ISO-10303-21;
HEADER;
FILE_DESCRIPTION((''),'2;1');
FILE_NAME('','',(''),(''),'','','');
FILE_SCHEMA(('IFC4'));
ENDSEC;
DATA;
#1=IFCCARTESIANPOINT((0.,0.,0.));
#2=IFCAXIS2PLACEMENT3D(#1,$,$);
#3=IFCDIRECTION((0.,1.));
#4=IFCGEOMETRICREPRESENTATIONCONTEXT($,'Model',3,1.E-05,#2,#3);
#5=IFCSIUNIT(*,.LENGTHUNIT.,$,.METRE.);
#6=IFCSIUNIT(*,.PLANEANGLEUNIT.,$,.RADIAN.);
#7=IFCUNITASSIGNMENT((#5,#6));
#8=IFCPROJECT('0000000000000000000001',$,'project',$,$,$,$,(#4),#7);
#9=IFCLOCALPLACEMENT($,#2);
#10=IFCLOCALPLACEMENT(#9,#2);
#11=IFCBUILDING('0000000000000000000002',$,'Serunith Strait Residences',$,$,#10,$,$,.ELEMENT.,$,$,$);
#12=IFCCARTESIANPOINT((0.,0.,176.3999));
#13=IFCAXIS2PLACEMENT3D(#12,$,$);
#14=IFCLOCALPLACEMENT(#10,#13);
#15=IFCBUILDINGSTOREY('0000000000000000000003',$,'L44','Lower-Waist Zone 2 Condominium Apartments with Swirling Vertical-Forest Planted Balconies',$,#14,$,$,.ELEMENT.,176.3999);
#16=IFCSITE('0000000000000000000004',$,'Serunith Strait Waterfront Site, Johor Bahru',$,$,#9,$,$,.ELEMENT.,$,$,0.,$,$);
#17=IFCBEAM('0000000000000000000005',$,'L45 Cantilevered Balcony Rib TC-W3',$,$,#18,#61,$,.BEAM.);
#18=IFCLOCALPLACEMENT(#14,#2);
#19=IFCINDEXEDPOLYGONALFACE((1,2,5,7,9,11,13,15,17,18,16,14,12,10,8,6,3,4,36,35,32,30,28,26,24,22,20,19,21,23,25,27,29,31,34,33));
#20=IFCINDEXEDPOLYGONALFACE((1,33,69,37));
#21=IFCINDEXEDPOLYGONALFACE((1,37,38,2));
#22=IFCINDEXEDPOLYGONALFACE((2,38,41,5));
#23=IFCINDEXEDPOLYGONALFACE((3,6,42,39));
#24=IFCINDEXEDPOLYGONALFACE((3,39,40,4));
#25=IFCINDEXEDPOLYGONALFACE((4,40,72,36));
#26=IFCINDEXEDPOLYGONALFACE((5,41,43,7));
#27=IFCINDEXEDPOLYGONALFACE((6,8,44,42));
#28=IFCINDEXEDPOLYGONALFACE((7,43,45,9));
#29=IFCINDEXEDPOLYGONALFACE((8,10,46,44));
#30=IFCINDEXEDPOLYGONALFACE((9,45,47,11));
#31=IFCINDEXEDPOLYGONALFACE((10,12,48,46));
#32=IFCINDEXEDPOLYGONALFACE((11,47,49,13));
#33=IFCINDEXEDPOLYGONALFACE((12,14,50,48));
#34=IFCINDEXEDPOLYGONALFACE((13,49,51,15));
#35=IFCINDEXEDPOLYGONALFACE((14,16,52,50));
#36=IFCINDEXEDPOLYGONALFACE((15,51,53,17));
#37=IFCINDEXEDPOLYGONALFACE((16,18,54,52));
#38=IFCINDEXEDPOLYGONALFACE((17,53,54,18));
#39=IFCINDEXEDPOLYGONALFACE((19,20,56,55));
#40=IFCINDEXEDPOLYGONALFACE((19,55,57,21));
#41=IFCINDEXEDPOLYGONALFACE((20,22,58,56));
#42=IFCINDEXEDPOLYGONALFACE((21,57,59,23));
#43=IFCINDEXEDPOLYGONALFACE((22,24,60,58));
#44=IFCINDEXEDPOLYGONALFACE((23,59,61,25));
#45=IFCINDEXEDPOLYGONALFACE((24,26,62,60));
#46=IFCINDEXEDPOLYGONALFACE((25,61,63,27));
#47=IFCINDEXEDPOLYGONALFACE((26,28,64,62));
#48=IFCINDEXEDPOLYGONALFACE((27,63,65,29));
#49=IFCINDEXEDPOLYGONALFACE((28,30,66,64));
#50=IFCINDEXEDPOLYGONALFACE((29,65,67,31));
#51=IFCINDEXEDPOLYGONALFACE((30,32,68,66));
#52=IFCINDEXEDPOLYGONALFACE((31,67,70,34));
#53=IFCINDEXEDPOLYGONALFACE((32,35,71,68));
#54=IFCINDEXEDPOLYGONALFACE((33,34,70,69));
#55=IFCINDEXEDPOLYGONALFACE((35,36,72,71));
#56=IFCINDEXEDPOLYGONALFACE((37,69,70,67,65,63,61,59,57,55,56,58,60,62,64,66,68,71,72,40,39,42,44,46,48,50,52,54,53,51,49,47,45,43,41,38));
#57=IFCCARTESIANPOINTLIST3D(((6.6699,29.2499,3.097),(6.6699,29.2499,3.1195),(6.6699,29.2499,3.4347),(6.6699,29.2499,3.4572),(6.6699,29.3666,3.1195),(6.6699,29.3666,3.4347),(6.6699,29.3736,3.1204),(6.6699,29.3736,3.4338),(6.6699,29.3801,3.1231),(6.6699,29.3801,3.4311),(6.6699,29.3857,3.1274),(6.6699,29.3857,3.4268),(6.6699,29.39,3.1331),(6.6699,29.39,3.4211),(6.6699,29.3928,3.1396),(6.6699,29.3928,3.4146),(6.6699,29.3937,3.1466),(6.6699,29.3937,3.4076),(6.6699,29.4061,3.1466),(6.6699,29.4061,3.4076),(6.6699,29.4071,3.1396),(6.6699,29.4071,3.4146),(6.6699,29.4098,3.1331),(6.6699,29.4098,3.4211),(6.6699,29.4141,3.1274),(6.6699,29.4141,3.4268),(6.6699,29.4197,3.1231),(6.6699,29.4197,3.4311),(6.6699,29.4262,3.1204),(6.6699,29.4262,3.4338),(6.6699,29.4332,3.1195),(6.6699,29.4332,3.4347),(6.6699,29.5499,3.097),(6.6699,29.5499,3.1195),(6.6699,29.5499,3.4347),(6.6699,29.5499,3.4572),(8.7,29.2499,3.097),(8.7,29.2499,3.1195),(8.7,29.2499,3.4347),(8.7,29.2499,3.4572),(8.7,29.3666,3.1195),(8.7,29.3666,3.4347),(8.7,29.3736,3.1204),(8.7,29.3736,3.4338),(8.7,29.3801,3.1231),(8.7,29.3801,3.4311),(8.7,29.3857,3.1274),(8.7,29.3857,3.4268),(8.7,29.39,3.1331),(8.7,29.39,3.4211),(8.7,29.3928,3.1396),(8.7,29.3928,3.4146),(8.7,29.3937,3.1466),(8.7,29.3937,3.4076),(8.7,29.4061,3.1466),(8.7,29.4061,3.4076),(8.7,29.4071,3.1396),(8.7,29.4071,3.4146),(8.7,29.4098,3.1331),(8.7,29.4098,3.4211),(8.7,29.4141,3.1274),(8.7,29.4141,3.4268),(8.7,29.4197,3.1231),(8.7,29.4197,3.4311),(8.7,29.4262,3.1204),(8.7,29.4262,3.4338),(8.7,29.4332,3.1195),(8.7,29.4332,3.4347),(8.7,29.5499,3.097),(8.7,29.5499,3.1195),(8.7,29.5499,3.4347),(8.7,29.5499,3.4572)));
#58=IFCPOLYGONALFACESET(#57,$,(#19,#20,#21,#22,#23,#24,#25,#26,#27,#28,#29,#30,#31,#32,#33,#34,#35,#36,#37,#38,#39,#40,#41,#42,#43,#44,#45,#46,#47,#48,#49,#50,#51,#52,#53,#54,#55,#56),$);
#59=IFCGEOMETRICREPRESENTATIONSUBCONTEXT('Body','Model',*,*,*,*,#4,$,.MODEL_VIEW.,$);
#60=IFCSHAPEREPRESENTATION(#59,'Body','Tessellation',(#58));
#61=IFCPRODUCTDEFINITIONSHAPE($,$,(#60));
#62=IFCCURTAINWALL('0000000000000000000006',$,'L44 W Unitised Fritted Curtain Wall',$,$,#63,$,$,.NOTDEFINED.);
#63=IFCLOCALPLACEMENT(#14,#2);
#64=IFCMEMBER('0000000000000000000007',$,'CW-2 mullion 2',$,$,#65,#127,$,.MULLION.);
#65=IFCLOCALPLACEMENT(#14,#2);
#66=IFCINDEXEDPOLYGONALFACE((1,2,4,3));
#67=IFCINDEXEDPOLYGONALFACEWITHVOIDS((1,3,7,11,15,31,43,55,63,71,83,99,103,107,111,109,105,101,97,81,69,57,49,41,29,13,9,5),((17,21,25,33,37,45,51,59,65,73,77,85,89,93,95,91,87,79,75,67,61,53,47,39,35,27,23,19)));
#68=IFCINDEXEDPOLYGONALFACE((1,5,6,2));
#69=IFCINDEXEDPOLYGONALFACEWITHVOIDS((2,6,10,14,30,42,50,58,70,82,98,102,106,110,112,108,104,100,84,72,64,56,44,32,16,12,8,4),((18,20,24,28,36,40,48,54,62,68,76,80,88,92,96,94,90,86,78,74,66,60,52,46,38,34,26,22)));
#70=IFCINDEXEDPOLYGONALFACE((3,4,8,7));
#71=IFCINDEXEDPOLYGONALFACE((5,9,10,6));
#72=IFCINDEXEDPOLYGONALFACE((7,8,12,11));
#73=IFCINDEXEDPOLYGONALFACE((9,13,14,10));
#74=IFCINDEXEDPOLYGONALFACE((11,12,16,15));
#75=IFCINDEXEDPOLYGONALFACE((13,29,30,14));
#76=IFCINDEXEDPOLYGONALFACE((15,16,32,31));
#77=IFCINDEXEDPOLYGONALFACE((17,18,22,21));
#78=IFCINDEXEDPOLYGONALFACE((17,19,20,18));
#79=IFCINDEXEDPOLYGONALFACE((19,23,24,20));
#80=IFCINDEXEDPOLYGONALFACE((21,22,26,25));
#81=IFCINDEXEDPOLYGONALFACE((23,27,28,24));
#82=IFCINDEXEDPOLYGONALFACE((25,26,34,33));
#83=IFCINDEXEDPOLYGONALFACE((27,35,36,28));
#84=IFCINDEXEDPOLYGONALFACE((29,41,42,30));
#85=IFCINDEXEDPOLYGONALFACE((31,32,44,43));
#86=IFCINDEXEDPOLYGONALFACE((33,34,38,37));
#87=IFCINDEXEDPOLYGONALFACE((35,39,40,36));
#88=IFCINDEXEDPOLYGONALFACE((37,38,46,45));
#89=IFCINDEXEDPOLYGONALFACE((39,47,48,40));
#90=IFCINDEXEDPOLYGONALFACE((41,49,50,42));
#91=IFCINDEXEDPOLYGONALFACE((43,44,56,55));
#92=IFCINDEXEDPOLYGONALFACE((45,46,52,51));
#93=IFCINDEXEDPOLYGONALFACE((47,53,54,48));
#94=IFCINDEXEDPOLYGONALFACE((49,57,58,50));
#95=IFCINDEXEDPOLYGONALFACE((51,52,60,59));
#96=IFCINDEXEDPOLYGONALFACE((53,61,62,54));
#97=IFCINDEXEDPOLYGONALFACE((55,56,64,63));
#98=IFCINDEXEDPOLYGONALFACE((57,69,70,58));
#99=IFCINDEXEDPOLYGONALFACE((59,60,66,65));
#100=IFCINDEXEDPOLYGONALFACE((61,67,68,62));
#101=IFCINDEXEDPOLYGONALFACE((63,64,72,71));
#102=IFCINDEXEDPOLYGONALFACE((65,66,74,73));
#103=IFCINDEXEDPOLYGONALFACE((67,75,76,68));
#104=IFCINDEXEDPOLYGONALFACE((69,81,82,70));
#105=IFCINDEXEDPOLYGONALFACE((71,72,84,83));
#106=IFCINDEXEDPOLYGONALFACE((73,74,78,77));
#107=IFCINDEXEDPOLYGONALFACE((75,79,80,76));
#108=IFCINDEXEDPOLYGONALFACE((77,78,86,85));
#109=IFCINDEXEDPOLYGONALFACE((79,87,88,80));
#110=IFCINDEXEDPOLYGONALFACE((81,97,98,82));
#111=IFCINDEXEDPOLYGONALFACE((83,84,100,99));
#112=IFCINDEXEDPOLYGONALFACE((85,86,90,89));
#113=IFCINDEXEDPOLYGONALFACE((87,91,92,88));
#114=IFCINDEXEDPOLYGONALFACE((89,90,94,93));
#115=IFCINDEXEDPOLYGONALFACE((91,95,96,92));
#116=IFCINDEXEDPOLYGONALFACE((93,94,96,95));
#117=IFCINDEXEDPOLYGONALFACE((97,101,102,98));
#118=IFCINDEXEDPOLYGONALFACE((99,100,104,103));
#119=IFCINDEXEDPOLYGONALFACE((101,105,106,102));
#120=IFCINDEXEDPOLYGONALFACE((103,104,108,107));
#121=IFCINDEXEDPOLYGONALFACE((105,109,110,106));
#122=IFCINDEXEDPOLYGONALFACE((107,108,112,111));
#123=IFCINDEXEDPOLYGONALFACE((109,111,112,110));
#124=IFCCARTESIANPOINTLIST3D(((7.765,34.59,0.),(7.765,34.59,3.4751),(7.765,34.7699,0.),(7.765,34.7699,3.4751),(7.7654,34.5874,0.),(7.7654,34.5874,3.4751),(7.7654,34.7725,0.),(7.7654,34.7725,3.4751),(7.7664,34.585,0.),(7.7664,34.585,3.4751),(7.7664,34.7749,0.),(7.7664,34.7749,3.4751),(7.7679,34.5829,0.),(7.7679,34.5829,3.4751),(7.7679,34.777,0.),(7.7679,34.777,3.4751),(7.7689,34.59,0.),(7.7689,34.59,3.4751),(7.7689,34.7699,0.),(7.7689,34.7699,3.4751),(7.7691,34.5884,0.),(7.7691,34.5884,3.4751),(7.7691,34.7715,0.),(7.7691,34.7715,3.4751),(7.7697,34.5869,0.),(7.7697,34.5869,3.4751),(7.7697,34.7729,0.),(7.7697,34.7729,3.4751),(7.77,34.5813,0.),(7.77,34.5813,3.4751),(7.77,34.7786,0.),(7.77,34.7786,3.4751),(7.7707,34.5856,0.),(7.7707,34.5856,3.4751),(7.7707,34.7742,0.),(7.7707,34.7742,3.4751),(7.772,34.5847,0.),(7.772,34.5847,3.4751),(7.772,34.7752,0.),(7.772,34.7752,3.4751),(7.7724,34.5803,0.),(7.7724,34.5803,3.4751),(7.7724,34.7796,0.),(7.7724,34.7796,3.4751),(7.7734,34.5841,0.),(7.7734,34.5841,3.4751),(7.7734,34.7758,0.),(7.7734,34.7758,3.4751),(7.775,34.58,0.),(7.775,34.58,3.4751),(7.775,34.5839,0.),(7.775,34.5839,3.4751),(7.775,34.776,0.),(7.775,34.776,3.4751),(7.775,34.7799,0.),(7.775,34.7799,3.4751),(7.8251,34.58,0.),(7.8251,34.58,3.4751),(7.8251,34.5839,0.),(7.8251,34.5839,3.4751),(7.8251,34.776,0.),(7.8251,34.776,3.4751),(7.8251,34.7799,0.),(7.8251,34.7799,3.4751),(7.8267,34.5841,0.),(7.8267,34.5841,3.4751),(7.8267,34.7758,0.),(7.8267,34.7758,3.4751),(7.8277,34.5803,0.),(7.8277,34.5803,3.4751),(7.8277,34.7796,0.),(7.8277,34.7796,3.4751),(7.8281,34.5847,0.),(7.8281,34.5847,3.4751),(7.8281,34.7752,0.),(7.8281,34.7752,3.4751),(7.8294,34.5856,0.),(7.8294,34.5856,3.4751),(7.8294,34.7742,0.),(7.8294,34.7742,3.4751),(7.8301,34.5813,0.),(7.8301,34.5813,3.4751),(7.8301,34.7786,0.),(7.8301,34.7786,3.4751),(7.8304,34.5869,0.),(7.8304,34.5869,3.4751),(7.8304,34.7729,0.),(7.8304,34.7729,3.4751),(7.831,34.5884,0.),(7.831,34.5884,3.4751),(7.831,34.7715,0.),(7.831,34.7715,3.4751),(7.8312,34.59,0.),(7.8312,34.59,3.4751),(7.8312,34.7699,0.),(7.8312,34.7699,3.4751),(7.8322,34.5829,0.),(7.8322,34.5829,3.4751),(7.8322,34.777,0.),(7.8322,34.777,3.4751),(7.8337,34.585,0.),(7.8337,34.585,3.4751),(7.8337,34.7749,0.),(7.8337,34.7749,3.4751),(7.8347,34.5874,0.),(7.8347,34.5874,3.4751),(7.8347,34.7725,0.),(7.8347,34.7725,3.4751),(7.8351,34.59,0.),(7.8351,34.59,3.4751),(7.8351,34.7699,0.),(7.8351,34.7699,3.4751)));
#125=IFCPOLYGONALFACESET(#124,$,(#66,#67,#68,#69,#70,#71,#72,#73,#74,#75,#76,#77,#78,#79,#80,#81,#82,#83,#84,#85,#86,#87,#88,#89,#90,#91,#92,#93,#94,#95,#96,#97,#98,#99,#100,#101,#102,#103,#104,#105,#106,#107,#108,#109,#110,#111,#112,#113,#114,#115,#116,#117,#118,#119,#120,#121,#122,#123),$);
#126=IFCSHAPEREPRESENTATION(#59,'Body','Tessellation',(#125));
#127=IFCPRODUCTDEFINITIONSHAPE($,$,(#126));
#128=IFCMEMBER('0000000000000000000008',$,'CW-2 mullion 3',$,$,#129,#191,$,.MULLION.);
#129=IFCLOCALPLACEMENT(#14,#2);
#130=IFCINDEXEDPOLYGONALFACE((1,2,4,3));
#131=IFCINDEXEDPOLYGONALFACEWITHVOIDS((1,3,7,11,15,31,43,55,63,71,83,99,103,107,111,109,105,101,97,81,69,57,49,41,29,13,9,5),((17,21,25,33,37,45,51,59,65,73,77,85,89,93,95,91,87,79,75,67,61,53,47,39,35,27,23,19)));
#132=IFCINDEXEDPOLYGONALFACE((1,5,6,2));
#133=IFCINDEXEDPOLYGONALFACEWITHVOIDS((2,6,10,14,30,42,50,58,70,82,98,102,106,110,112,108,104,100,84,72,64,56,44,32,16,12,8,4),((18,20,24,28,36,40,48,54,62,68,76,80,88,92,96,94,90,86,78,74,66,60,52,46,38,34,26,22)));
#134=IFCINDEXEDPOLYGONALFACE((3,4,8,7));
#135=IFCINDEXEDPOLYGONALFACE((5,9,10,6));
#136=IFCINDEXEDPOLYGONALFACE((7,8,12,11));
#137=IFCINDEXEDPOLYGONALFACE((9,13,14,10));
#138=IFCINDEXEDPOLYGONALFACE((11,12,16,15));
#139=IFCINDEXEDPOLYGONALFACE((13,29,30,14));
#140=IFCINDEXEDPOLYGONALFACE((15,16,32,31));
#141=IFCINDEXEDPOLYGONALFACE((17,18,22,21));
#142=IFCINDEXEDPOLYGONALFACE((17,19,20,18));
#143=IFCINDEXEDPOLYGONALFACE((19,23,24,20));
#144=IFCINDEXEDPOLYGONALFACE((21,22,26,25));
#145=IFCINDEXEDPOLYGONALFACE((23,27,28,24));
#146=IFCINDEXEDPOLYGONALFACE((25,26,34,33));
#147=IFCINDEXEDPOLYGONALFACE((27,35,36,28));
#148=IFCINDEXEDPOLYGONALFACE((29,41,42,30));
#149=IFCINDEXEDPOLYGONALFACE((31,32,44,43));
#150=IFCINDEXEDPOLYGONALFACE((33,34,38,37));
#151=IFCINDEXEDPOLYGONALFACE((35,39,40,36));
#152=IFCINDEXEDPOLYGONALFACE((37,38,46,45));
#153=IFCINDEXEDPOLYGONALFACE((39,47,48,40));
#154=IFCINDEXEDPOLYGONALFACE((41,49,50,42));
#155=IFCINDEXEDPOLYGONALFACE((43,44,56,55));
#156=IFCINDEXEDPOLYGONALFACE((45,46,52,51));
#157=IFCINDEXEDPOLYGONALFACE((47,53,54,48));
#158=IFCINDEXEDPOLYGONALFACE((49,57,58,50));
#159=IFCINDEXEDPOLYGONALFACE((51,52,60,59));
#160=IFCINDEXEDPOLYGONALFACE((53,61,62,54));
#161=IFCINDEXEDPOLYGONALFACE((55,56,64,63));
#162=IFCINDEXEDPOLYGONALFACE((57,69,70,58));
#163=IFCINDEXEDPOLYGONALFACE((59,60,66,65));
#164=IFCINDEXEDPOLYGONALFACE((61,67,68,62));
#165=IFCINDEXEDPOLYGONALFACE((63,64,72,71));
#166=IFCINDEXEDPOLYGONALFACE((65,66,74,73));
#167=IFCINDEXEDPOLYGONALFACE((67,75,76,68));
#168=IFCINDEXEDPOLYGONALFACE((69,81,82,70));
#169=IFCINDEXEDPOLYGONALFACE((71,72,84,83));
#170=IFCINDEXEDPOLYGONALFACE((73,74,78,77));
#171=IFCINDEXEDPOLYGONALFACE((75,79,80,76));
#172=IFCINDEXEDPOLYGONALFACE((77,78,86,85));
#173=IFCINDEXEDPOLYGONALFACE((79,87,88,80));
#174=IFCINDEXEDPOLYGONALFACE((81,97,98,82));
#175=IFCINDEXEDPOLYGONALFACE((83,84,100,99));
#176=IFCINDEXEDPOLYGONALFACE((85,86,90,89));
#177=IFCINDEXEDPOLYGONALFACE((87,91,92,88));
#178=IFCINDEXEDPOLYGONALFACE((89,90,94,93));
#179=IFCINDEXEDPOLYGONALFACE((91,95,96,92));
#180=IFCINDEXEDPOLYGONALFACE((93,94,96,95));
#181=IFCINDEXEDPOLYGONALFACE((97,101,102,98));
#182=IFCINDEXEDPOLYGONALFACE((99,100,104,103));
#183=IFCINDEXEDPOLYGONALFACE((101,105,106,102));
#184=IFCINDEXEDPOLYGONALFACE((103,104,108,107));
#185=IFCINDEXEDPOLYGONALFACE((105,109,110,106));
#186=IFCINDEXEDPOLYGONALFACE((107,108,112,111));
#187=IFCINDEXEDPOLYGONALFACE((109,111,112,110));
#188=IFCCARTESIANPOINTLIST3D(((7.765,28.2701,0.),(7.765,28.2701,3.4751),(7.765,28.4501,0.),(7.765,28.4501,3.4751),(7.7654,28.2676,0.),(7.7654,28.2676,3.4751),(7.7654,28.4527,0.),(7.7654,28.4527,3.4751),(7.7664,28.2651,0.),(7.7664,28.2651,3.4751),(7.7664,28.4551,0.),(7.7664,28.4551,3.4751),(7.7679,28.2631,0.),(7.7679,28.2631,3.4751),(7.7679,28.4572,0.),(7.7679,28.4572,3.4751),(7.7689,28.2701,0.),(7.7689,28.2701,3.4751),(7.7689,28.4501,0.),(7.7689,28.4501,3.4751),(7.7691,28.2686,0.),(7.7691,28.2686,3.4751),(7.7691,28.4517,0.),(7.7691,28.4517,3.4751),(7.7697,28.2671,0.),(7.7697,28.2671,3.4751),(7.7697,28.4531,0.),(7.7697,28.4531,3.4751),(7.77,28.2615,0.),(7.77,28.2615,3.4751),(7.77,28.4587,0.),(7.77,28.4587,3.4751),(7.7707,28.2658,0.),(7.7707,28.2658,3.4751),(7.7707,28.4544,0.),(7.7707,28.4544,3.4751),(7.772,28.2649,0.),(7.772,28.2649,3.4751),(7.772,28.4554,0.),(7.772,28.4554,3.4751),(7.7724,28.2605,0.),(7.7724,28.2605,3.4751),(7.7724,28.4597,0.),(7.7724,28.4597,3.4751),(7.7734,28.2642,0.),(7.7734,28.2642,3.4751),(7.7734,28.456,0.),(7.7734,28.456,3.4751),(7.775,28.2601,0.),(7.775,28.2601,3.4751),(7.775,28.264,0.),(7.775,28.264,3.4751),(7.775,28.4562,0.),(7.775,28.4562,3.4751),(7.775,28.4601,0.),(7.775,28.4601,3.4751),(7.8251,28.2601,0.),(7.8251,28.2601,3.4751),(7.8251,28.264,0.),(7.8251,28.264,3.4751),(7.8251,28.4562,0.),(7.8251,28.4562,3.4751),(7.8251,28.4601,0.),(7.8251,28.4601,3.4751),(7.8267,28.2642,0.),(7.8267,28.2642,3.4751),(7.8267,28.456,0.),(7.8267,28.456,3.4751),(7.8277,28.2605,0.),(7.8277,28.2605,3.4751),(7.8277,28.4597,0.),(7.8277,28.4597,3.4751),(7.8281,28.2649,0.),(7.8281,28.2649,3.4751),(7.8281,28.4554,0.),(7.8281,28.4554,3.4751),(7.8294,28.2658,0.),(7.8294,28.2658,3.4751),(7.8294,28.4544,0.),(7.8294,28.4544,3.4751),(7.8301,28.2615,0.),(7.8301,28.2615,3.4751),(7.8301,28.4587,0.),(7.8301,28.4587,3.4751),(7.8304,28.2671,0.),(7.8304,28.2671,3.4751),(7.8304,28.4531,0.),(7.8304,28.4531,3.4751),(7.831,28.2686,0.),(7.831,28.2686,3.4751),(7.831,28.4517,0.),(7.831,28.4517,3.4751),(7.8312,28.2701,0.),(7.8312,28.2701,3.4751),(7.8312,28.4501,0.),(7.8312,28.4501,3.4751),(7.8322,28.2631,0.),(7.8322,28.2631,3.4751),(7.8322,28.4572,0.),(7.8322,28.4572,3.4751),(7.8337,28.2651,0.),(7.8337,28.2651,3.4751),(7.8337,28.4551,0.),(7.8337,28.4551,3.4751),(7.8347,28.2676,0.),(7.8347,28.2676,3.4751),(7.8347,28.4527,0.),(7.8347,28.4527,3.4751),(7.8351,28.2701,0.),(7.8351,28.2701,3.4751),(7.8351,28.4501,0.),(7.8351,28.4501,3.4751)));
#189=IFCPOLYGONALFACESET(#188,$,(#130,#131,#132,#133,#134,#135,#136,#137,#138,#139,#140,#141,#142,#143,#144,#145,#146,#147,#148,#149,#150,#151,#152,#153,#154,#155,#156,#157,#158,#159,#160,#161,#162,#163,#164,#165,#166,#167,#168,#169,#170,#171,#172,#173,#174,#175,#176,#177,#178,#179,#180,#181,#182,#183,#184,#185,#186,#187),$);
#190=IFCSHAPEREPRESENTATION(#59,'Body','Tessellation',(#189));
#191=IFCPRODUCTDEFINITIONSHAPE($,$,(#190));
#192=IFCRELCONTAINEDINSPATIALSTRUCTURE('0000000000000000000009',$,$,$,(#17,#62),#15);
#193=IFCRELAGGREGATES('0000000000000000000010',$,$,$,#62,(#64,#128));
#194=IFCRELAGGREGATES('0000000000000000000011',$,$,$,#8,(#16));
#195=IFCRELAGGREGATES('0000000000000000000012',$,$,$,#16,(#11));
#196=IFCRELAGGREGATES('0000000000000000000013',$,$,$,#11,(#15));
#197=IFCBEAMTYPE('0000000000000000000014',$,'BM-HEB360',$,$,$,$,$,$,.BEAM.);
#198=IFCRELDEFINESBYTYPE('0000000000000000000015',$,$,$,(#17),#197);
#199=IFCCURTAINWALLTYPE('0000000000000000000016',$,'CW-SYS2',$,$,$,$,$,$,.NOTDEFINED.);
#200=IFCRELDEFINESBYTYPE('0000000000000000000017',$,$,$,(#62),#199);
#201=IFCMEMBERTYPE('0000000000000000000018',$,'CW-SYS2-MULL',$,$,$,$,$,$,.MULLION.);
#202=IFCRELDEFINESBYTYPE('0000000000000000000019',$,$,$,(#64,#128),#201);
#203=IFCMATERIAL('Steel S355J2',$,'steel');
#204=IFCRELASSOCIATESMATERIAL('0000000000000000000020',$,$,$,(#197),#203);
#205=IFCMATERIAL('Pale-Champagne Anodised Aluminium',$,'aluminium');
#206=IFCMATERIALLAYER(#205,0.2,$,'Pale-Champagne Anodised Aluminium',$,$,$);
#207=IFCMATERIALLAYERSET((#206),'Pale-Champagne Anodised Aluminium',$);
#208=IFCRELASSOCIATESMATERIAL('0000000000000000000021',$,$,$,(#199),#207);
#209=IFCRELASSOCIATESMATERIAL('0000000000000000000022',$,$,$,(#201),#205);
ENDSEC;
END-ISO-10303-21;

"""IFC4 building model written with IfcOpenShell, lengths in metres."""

from ifc_helpers import new_model, si_unit, direction, frame, origin, origin_2d, place, context, subcontext, project, spatial, hollow_rectangle, i_section, extrude, source, transform, mapped, material, layer, layer_set, material_profile, profile_set, type_object, element, aggregate, save


model = new_model("IFC4")

# Units and contexts
model_context = context("Model", 3, precision=1e-05, world=origin(), true_north=direction((0.0, 1.0)))
body_context = subcontext(model_context, "Body", "Model", "MODEL_VIEW")
ifc_project = project(units=[si_unit("LENGTHUNIT", "METRE"), si_unit("PLANEANGLEUNIT", "RADIAN")], contexts=[model_context])

# Site, building, storey
site_placement = place(None, origin())
site = spatial("IfcSite", under=ifc_project, at=site_placement, Name="Serunith Strait Waterfront Site, Johor Bahru", CompositionType="ELEMENT", RefElevation=0.0)
building_placement = place(site_placement, origin())
building = spatial("IfcBuilding", under=site, at=building_placement, Name="Serunith Strait Residences", CompositionType="ELEMENT")
storey_placement = place(building_placement, frame((0.0, 0.0, 176.3999)))
storey = spatial("IfcBuildingStorey", under=building, at=storey_placement, Name="L44", Description="Lower-Waist Zone 2 Condominium Apartments with Swirling Vertical-Forest Planted Balconies", CompositionType="ELEMENT", Elevation=176.3999)

# Beam
ifc_material_1 = material(Name="Steel S355J2", Category="steel")
ifc_material_profile_1 = material_profile(ifc_material_1, i_section(OverallWidth=0.3, OverallDepth=0.3601, WebThickness=0.0125, FlangeThickness=0.0225, FilletRadius=0.0271, at=origin_2d()), Name="HEB 360")
ifc_profile_set_1 = profile_set([ifc_material_profile_1], Name="Steel S355J2")
beam_type_1 = type_object("IfcBeamType", Name="BM-HEB360", PredefinedType="BEAM", material=ifc_profile_set_1)
shared_shape_1 = source(origin(), body_context, "Body", "SweptSolid", [
    extrude(i_section(OverallWidth=0.3, OverallDepth=0.3601, WebThickness=0.0125, FlangeThickness=0.0225, FilletRadius=0.0271, at=origin_2d()), origin(), (0.0, 0.0, 1.0), 2.03),
])
beam_1_placement = place(storey_placement, frame((8.7, 29.3999, 3.2771), z_axis=(-1.0, 0.0, 0.0), x_axis=(0.0, -1.0, 0.0)))
element("IfcBeam", 1, at=beam_1_placement, inside=storey, type_object=beam_type_1, Name="L45 Cantilevered Balcony Rib TC-W3", PredefinedType="BEAM", context=body_context, shape_type="MappedRepresentation", body=[
    mapped(shared_shape_1, transform((0.0, 0.0, 0.0), scale=1.0)),
])

# Curtain wall, members
ifc_material_2 = material(Name="Pale-Champagne Anodised Aluminium", Category="aluminium")
ifc_layer_1 = layer(ifc_material_2, 0.2, Name="Pale-Champagne Anodised Aluminium")
ifc_layer_set_1 = layer_set([ifc_layer_1], Name="Pale-Champagne Anodised Aluminium")
curtain_wall_type = type_object("IfcCurtainWallType", Name="CW-SYS2", PredefinedType="NOTDEFINED", material=ifc_layer_set_1)
curtain_wall_placement = place(storey_placement, origin())
curtain_wall = element("IfcCurtainWall", 2, at=curtain_wall_placement, inside=storey, type_object=curtain_wall_type, Name="L44 W Unitised Fritted Curtain Wall", PredefinedType="NOTDEFINED")
ifc_material_profile_2 = material_profile(ifc_material_2, hollow_rectangle(XDim=0.0701, YDim=0.2, WallThickness=0.0039, InnerFilletRadius=0.0061, OuterFilletRadius=0.01, at=origin_2d()), Name="ALU 200x70x4")
ifc_profile_set_2 = profile_set([ifc_material_profile_2], Name="Pale-Champagne Anodised Aluminium")
member_type_1 = type_object("IfcMemberType", Name="CW-SYS2-MULL", PredefinedType="MULLION", material=ifc_profile_set_2)
shared_shape_2 = source(origin(), body_context, "Body", "SweptSolid", [
    extrude(hollow_rectangle(XDim=0.0701, YDim=0.2, WallThickness=0.0039, InnerFilletRadius=0.0061, OuterFilletRadius=0.01, at=origin_2d()), origin(), (0.0, 0.0, 1.0), 3.4751),
])
member_1_placement = place(storey_placement, frame((7.8, 34.6799, 0.0), z_axis=(0.0, 0.0, 1.0), x_axis=(1.0, 0.0, 0.0)))
member_1 = element("IfcMember", 3, at=member_1_placement, type_object=member_type_1, Name="CW-2 mullion 2", PredefinedType="MULLION", context=body_context, shape_type="MappedRepresentation", body=[
    mapped(shared_shape_2, transform((0.0, 0.0, 0.0), scale=1.0)),
])
member_2_placement = place(storey_placement, frame((7.8, 28.3601, 0.0), z_axis=(0.0, 0.0, 1.0), x_axis=(1.0, 0.0, 0.0)))
member_2 = element("IfcMember", 4, at=member_2_placement, type_object=member_type_1, Name="CW-2 mullion 3", PredefinedType="MULLION", context=body_context, shape_type="MappedRepresentation", body=[
    mapped(shared_shape_2, transform((0.0, 0.0, 0.0), scale=1.0)),
])
aggregate(curtain_wall, [member_1, member_2])

save(model, "model.ifc")
